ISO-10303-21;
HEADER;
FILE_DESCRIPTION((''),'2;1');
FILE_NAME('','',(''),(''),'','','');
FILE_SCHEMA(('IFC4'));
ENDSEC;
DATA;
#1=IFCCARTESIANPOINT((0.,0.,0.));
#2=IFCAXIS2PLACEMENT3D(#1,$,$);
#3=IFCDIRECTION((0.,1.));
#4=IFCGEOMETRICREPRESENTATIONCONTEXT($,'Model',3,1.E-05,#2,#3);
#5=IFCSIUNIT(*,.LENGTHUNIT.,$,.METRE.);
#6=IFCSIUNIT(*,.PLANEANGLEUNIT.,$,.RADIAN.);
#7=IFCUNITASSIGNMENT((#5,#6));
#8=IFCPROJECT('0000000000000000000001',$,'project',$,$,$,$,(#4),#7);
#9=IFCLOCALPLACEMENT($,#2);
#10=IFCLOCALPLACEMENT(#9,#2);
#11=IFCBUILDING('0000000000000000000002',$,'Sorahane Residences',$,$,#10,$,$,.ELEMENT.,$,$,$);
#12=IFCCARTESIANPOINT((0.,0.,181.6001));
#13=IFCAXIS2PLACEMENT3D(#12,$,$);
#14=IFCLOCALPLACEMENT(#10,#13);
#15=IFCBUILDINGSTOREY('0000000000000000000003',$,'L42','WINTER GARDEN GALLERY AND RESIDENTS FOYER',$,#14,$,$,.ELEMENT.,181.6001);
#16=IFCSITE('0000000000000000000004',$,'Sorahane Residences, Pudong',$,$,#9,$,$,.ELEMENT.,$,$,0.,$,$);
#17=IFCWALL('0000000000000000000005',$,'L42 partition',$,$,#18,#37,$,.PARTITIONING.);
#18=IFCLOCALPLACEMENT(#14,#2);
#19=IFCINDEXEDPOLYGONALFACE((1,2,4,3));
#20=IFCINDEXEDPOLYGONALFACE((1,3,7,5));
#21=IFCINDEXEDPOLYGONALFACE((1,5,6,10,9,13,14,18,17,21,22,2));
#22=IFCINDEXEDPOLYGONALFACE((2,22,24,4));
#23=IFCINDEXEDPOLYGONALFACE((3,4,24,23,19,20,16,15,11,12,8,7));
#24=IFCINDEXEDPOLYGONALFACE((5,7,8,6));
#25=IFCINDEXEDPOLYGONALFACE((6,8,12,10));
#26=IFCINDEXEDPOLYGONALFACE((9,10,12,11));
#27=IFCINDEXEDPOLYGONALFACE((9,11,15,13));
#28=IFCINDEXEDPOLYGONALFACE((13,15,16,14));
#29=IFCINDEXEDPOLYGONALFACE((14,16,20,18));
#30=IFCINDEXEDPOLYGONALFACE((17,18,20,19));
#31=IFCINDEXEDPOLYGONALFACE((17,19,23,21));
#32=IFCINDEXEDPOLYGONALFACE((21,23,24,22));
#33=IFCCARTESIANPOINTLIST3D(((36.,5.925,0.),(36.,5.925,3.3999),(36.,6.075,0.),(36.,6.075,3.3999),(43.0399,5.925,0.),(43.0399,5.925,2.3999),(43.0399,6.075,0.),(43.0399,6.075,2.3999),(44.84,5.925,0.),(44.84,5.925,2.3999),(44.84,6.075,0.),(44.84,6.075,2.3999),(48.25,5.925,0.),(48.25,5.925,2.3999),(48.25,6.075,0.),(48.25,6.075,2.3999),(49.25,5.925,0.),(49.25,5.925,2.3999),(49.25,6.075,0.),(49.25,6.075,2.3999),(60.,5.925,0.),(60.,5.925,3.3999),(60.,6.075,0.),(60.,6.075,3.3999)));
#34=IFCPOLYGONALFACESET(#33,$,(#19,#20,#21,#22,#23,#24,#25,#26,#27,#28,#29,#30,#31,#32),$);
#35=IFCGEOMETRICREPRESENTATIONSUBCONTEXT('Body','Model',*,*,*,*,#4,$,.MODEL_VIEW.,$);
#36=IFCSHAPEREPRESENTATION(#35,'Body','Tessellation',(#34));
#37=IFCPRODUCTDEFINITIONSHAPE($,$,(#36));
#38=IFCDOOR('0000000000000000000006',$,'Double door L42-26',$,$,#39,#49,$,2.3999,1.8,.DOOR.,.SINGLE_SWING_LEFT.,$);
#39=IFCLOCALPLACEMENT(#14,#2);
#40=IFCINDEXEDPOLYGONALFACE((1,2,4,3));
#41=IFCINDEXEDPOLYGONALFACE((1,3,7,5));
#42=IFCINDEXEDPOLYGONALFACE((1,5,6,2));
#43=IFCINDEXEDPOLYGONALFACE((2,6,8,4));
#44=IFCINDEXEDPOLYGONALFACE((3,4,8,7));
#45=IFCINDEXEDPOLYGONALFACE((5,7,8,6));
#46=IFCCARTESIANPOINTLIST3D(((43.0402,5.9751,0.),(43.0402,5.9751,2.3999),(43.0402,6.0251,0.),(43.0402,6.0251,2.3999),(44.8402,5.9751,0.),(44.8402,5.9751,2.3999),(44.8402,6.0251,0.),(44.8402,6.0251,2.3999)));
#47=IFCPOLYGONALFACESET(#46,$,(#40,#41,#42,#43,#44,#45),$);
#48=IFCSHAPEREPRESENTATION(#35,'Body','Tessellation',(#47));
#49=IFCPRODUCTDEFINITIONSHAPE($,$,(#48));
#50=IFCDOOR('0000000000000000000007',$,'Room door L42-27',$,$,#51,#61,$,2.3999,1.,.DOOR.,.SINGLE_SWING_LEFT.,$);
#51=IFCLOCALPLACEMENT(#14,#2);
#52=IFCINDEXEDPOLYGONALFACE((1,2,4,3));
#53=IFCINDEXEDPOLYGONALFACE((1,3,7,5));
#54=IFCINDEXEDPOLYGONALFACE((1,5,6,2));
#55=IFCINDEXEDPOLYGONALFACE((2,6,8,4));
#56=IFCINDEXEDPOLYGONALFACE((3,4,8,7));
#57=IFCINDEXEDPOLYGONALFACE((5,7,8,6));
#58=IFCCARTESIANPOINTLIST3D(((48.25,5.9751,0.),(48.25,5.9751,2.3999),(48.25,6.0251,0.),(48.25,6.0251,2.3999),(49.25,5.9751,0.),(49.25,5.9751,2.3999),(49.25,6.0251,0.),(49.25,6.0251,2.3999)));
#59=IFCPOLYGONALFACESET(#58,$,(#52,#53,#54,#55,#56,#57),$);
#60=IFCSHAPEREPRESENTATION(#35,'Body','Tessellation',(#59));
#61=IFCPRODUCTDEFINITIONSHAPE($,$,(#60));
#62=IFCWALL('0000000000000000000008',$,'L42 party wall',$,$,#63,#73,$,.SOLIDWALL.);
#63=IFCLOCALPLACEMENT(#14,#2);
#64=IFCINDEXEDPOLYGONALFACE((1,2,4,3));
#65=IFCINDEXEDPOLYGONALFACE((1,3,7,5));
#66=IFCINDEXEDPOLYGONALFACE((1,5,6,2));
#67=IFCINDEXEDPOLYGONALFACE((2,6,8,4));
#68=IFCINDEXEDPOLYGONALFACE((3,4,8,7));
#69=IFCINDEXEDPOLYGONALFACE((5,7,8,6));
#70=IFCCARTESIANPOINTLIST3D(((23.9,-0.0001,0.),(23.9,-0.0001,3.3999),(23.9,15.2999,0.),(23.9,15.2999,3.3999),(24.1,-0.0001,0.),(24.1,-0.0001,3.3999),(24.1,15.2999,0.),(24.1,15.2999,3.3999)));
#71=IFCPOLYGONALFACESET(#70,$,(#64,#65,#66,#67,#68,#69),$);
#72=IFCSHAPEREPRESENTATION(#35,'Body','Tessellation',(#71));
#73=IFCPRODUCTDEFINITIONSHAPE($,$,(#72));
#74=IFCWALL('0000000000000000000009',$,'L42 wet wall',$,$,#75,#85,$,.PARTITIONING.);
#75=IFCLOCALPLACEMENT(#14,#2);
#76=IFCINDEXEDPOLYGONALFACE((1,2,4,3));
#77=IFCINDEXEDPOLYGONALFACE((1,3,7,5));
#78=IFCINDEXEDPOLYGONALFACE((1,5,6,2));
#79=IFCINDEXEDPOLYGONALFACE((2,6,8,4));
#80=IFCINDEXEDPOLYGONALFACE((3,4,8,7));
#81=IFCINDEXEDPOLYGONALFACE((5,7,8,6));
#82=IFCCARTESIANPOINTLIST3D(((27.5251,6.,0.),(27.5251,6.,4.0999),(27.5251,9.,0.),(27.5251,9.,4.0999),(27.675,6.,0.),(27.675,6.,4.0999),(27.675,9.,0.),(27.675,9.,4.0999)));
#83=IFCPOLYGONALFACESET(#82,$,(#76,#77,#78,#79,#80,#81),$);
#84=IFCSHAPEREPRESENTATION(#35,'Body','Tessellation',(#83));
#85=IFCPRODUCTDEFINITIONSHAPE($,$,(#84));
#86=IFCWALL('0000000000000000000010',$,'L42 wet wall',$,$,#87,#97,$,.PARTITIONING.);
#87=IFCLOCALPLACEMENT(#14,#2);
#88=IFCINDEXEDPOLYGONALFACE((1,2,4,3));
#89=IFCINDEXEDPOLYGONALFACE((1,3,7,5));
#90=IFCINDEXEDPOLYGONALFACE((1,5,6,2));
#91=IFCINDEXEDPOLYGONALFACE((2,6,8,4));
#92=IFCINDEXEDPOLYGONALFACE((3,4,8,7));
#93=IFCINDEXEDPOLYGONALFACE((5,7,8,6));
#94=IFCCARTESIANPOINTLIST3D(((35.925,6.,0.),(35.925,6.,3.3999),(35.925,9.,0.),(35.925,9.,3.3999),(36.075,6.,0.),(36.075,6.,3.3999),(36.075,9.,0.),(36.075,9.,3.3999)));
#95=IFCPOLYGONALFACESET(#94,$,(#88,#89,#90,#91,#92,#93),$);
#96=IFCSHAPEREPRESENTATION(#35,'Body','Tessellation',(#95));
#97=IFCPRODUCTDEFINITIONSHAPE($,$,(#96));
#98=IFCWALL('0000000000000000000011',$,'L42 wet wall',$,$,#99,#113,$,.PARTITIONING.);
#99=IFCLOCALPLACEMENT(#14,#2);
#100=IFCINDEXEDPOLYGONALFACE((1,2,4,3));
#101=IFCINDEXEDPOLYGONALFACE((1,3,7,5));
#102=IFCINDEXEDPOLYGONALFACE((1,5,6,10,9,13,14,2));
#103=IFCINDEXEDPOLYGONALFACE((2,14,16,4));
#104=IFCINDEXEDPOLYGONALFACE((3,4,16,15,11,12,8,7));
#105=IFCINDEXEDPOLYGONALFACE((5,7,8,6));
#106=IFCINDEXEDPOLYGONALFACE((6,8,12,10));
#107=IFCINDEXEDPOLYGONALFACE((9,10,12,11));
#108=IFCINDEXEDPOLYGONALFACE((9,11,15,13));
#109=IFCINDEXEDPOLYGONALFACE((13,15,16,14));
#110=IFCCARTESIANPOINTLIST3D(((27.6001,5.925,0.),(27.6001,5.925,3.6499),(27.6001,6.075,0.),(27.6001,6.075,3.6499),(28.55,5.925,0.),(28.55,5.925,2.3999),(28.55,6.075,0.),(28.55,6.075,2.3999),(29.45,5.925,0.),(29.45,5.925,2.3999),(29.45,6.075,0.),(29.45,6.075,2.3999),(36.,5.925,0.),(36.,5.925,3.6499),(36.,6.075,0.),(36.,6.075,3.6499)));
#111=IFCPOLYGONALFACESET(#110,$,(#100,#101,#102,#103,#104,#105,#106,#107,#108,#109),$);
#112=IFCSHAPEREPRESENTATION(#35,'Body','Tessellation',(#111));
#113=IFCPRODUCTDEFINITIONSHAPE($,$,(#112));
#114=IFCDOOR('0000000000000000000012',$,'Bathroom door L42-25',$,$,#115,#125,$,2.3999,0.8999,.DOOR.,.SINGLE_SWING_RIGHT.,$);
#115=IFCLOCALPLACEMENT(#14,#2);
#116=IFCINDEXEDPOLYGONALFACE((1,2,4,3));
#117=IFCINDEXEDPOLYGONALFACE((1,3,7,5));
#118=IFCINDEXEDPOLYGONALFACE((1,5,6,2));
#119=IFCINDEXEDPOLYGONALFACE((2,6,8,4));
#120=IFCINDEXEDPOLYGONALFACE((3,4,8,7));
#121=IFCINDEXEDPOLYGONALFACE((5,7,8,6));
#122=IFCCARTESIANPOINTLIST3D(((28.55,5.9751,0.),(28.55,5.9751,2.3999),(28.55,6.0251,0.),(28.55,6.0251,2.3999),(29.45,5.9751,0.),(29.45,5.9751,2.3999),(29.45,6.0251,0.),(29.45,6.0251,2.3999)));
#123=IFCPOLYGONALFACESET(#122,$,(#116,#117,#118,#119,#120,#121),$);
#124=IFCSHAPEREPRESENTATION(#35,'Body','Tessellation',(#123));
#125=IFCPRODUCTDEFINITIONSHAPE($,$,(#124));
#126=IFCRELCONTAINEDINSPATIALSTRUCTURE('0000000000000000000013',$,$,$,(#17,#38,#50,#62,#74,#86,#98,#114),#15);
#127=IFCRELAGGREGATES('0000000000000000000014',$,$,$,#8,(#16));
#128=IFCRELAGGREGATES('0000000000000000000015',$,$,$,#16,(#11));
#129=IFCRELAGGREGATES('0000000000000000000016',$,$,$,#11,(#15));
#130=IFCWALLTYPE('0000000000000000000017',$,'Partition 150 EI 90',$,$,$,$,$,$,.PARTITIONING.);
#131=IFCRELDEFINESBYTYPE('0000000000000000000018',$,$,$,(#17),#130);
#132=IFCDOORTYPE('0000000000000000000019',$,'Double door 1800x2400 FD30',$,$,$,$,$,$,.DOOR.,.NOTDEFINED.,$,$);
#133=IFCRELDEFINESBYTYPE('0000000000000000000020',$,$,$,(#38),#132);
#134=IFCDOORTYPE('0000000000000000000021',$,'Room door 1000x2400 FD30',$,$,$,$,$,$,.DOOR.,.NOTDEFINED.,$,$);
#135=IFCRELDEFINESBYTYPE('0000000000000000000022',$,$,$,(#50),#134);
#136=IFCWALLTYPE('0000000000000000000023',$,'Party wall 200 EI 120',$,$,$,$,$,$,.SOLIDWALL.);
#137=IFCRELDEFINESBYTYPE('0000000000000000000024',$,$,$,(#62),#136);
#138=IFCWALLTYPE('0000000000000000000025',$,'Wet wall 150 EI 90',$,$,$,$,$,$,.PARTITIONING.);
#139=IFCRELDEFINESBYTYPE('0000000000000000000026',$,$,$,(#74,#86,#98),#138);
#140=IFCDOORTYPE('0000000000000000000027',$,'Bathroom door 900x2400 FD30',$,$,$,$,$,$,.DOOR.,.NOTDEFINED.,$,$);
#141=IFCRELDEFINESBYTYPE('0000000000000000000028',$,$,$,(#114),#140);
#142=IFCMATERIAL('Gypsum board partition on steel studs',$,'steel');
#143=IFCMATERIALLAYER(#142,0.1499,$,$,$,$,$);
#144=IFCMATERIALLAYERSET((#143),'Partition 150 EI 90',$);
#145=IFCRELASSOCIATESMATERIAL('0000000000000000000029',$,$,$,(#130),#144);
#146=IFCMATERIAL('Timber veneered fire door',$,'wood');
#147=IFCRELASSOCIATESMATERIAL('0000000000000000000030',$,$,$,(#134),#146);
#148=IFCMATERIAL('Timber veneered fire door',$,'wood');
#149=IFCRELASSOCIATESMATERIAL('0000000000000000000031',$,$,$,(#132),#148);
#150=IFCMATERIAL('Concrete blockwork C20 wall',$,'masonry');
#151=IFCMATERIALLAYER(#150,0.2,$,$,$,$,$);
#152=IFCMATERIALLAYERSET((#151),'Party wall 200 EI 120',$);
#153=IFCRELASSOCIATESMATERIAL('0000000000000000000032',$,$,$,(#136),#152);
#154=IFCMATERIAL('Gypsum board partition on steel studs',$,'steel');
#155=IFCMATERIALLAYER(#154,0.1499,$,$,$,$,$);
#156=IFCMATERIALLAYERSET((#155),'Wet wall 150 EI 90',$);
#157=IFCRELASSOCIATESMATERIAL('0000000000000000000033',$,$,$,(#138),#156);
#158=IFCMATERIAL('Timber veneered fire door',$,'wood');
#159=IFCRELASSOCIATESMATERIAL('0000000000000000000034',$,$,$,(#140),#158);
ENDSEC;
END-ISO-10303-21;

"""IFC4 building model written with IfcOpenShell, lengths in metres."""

from ifc_helpers import new_model, si_unit, direction, frame, frame_2d, origin, place, context, subcontext, project, spatial, rectangle, extrude, material, layer, layer_set, type_object, element, fill, save


model = new_model("IFC4")

# Units and contexts
model_context = context("Model", 3, precision=1e-05, world=origin(), true_north=direction((0.0, 1.0)))
body_context = subcontext(model_context, "Body", "Model", "MODEL_VIEW")
ifc_project = project(units=[si_unit("LENGTHUNIT", "METRE"), si_unit("PLANEANGLEUNIT", "RADIAN")], contexts=[model_context])

# Site, building, storey
site_placement = place(None, origin())
site = spatial("IfcSite", under=ifc_project, at=site_placement, Name="Sorahane Residences, Pudong", CompositionType="ELEMENT", RefElevation=0.0)
building_placement = place(site_placement, origin())
building = spatial("IfcBuilding", under=site, at=building_placement, Name="Sorahane Residences", CompositionType="ELEMENT")
storey_placement = place(building_placement, frame((0.0, 0.0, 181.6001)))
storey = spatial("IfcBuildingStorey", under=building, at=storey_placement, Name="L42", Description="WINTER GARDEN GALLERY AND RESIDENTS FOYER", CompositionType="ELEMENT", Elevation=181.6001)

# Shared definitions
ifc_material_1 = material(Name="Gypsum board partition on steel studs", Category="steel")
ifc_layer_1 = layer(ifc_material_1, 0.1499)
ifc_layer_set_1 = layer_set([ifc_layer_1], Name="Partition 150 EI 90")
wall_type_1 = type_object("IfcWallType", Name="Partition 150 EI 90", PredefinedType="PARTITIONING", material=ifc_layer_set_1)
ifc_material_2 = material(Name="Timber veneered fire door", Category="wood")
door_type_1 = type_object("IfcDoorType", Name="Room door 1000x2400 FD30", OperationType="NOTDEFINED", PredefinedType="DOOR", material=ifc_material_2)

# Wall, openings, doors
wall_1_placement = place(storey_placement, frame((36.0, 6.0, 0.0), z_axis=(0.0, 0.0, 1.0), x_axis=(1.0, 0.0, 0.0)))
wall_1 = element("IfcWall", 1, at=wall_1_placement, inside=storey, type_object=wall_type_1, Name="L42 partition", PredefinedType="PARTITIONING", context=body_context, shape_type="SweptSolid", body=[
    extrude(rectangle(XDim=24.0, YDim=0.1499, at=frame_2d((12.0, 0.0))), origin(), (0.0, 0.0, 1.0), 3.3999),
])
opening_1_placement = place(wall_1_placement, frame((7.04, 0.0, 0.0)))
opening_1 = element("IfcOpeningElement", 2, at=opening_1_placement, cuts=wall_1, PredefinedType="OPENING", context=body_context, shape_type="SweptSolid", body=[
    extrude(rectangle(XDim=1.8, YDim=2.3999, at=frame_2d((0.8999, 1.2))), frame((0.0, 0.085, 0.0), z_axis=(0.0, -1.0, 0.0), x_axis=(1.0, 0.0, 0.0)), (0.0, 0.0, 1.0), 0.1699),
])
opening_2_placement = place(wall_1_placement, frame((12.25, 0.0, 0.0)))
opening_2 = element("IfcOpeningElement", 3, at=opening_2_placement, cuts=wall_1, PredefinedType="OPENING", context=body_context, shape_type="SweptSolid", body=[
    extrude(rectangle(XDim=1.0, YDim=2.3999, at=frame_2d((0.5, 1.2))), frame((0.0, 0.085, 0.0), z_axis=(0.0, -1.0, 0.0), x_axis=(1.0, 0.0, 0.0)), (0.0, 0.0, 1.0), 0.1699),
])
ifc_material_3 = material(Name="Timber veneered fire door", Category="wood")
door_type_2 = type_object("IfcDoorType", Name="Double door 1800x2400 FD30", OperationType="NOTDEFINED", PredefinedType="DOOR", material=ifc_material_3)
door_1_placement = place(opening_1_placement, frame((1.8, 0.0, 0.0), z_axis=(0.0, 0.0, 1.0), x_axis=(-1.0, 0.0, 0.0)))
door_1 = element("IfcDoor", 4, at=door_1_placement, inside=storey, type_object=door_type_2, Name="Double door L42-26", OperationType="SINGLE_SWING_LEFT", OverallHeight=2.3999, OverallWidth=1.8, PredefinedType="DOOR", context=body_context, shape_type="SweptSolid", body=[
    extrude(rectangle(XDim=1.8, YDim=2.3999, at=frame_2d((0.8999, 1.2))), frame((0.0, 0.0249, 0.0), z_axis=(0.0, -1.0, 0.0), x_axis=(1.0, 0.0, 0.0)), (0.0, 0.0, 1.0), 0.05),
])
fill(opening_1, door_1)
door_2_placement = place(opening_2_placement, frame((1.0, 0.0, 0.0), z_axis=(0.0, 0.0, 1.0), x_axis=(-1.0, 0.0, 0.0)))
door_2 = element("IfcDoor", 5, at=door_2_placement, inside=storey, type_object=door_type_1, Name="Room door L42-27", OperationType="SINGLE_SWING_LEFT", OverallHeight=2.3999, OverallWidth=1.0, PredefinedType="DOOR", context=body_context, shape_type="SweptSolid", body=[
    extrude(rectangle(XDim=1.0, YDim=2.3999, at=frame_2d((0.5, 1.2))), frame((0.0, 0.0249, 0.0), z_axis=(0.0, -1.0, 0.0), x_axis=(1.0, 0.0, 0.0)), (0.0, 0.0, 1.0), 0.05),
])
fill(opening_2, door_2)

# Walls
ifc_material_4 = material(Name="Concrete blockwork C20 wall", Category="masonry")
ifc_layer_2 = layer(ifc_material_4, 0.2)
ifc_layer_set_2 = layer_set([ifc_layer_2], Name="Party wall 200 EI 120")
wall_type_2 = type_object("IfcWallType", Name="Party wall 200 EI 120", PredefinedType="SOLIDWALL", material=ifc_layer_set_2)
wall_2_placement = place(storey_placement, frame((24.0, 0.0, 0.0), z_axis=(0.0, 0.0, 1.0), x_axis=(0.0, 1.0, 0.0)))
element("IfcWall", 6, at=wall_2_placement, inside=storey, type_object=wall_type_2, Name="L42 party wall", PredefinedType="SOLIDWALL", context=body_context, shape_type="SweptSolid", body=[
    extrude(rectangle(XDim=15.3, YDim=0.2, at=frame_2d((7.6499, 0.0))), origin(), (0.0, 0.0, 1.0), 3.3999),
])
ifc_material_5 = material(Name="Gypsum board partition on steel studs", Category="steel")
ifc_layer_3 = layer(ifc_material_5, 0.1499)
ifc_layer_set_3 = layer_set([ifc_layer_3], Name="Wet wall 150 EI 90")
wall_type_3 = type_object("IfcWallType", Name="Wet wall 150 EI 90", PredefinedType="PARTITIONING", material=ifc_layer_set_3)
wall_3_placement = place(storey_placement, frame((27.6001, 6.0, 0.0), z_axis=(0.0, 0.0, 1.0), x_axis=(0.0, 1.0, 0.0)))
element("IfcWall", 7, at=wall_3_placement, inside=storey, type_object=wall_type_3, Name="L42 wet wall", PredefinedType="PARTITIONING", context=body_context, shape_type="SweptSolid", body=[
    extrude(rectangle(XDim=3.0, YDim=0.1499, at=frame_2d((1.5, 0.0))), origin(), (0.0, 0.0, 1.0), 4.0999),
])
wall_4_placement = place(storey_placement, frame((36.0, 6.0, 0.0), z_axis=(0.0, 0.0, 1.0), x_axis=(0.0, 1.0, 0.0)))
element("IfcWall", 8, at=wall_4_placement, inside=storey, type_object=wall_type_3, Name="L42 wet wall", PredefinedType="PARTITIONING", context=body_context, shape_type="SweptSolid", body=[
    extrude(rectangle(XDim=3.0, YDim=0.1499, at=frame_2d((1.5, 0.0))), origin(), (0.0, 0.0, 1.0), 3.3999),
])

# Wall, opening, door
wall_5_placement = place(storey_placement, frame((27.6001, 6.0, 0.0), z_axis=(0.0, 0.0, 1.0), x_axis=(1.0, 0.0, 0.0)))
wall_5 = element("IfcWall", 9, at=wall_5_placement, inside=storey, type_object=wall_type_3, Name="L42 wet wall", PredefinedType="PARTITIONING", context=body_context, shape_type="SweptSolid", body=[
    extrude(rectangle(XDim=8.3999, YDim=0.1499, at=frame_2d((4.2, 0.0))), origin(), (0.0, 0.0, 1.0), 3.6499),
])
opening_3_placement = place(wall_5_placement, frame((0.95, 0.0, 0.0)))
opening_3 = element("IfcOpeningElement", 10, at=opening_3_placement, cuts=wall_5, PredefinedType="OPENING", context=body_context, shape_type="SweptSolid", body=[
    extrude(rectangle(XDim=0.8999, YDim=2.3999, at=frame_2d((0.45, 1.2))), frame((0.0, 0.085, 0.0), z_axis=(0.0, -1.0, 0.0), x_axis=(1.0, 0.0, 0.0)), (0.0, 0.0, 1.0), 0.1699),
])
ifc_material_6 = material(Name="Timber veneered fire door", Category="wood")
door_type_3 = type_object("IfcDoorType", Name="Bathroom door 900x2400 FD30", OperationType="NOTDEFINED", PredefinedType="DOOR", material=ifc_material_6)
door_3_placement = place(opening_3_placement, frame((0.8999, 0.0, 0.0), z_axis=(0.0, 0.0, 1.0), x_axis=(-1.0, 0.0, 0.0)))
door_3 = element("IfcDoor", 11, at=door_3_placement, inside=storey, type_object=door_type_3, Name="Bathroom door L42-25", OperationType="SINGLE_SWING_RIGHT", OverallHeight=2.3999, OverallWidth=0.8999, PredefinedType="DOOR", context=body_context, shape_type="SweptSolid", body=[
    extrude(rectangle(XDim=0.8999, YDim=2.3999, at=frame_2d((0.45, 1.2))), frame((0.0, 0.0249, 0.0), z_axis=(0.0, -1.0, 0.0), x_axis=(1.0, 0.0, 0.0)), (0.0, 0.0, 1.0), 0.05),
])
fill(opening_3, door_3)

save(model, "model.ifc")
